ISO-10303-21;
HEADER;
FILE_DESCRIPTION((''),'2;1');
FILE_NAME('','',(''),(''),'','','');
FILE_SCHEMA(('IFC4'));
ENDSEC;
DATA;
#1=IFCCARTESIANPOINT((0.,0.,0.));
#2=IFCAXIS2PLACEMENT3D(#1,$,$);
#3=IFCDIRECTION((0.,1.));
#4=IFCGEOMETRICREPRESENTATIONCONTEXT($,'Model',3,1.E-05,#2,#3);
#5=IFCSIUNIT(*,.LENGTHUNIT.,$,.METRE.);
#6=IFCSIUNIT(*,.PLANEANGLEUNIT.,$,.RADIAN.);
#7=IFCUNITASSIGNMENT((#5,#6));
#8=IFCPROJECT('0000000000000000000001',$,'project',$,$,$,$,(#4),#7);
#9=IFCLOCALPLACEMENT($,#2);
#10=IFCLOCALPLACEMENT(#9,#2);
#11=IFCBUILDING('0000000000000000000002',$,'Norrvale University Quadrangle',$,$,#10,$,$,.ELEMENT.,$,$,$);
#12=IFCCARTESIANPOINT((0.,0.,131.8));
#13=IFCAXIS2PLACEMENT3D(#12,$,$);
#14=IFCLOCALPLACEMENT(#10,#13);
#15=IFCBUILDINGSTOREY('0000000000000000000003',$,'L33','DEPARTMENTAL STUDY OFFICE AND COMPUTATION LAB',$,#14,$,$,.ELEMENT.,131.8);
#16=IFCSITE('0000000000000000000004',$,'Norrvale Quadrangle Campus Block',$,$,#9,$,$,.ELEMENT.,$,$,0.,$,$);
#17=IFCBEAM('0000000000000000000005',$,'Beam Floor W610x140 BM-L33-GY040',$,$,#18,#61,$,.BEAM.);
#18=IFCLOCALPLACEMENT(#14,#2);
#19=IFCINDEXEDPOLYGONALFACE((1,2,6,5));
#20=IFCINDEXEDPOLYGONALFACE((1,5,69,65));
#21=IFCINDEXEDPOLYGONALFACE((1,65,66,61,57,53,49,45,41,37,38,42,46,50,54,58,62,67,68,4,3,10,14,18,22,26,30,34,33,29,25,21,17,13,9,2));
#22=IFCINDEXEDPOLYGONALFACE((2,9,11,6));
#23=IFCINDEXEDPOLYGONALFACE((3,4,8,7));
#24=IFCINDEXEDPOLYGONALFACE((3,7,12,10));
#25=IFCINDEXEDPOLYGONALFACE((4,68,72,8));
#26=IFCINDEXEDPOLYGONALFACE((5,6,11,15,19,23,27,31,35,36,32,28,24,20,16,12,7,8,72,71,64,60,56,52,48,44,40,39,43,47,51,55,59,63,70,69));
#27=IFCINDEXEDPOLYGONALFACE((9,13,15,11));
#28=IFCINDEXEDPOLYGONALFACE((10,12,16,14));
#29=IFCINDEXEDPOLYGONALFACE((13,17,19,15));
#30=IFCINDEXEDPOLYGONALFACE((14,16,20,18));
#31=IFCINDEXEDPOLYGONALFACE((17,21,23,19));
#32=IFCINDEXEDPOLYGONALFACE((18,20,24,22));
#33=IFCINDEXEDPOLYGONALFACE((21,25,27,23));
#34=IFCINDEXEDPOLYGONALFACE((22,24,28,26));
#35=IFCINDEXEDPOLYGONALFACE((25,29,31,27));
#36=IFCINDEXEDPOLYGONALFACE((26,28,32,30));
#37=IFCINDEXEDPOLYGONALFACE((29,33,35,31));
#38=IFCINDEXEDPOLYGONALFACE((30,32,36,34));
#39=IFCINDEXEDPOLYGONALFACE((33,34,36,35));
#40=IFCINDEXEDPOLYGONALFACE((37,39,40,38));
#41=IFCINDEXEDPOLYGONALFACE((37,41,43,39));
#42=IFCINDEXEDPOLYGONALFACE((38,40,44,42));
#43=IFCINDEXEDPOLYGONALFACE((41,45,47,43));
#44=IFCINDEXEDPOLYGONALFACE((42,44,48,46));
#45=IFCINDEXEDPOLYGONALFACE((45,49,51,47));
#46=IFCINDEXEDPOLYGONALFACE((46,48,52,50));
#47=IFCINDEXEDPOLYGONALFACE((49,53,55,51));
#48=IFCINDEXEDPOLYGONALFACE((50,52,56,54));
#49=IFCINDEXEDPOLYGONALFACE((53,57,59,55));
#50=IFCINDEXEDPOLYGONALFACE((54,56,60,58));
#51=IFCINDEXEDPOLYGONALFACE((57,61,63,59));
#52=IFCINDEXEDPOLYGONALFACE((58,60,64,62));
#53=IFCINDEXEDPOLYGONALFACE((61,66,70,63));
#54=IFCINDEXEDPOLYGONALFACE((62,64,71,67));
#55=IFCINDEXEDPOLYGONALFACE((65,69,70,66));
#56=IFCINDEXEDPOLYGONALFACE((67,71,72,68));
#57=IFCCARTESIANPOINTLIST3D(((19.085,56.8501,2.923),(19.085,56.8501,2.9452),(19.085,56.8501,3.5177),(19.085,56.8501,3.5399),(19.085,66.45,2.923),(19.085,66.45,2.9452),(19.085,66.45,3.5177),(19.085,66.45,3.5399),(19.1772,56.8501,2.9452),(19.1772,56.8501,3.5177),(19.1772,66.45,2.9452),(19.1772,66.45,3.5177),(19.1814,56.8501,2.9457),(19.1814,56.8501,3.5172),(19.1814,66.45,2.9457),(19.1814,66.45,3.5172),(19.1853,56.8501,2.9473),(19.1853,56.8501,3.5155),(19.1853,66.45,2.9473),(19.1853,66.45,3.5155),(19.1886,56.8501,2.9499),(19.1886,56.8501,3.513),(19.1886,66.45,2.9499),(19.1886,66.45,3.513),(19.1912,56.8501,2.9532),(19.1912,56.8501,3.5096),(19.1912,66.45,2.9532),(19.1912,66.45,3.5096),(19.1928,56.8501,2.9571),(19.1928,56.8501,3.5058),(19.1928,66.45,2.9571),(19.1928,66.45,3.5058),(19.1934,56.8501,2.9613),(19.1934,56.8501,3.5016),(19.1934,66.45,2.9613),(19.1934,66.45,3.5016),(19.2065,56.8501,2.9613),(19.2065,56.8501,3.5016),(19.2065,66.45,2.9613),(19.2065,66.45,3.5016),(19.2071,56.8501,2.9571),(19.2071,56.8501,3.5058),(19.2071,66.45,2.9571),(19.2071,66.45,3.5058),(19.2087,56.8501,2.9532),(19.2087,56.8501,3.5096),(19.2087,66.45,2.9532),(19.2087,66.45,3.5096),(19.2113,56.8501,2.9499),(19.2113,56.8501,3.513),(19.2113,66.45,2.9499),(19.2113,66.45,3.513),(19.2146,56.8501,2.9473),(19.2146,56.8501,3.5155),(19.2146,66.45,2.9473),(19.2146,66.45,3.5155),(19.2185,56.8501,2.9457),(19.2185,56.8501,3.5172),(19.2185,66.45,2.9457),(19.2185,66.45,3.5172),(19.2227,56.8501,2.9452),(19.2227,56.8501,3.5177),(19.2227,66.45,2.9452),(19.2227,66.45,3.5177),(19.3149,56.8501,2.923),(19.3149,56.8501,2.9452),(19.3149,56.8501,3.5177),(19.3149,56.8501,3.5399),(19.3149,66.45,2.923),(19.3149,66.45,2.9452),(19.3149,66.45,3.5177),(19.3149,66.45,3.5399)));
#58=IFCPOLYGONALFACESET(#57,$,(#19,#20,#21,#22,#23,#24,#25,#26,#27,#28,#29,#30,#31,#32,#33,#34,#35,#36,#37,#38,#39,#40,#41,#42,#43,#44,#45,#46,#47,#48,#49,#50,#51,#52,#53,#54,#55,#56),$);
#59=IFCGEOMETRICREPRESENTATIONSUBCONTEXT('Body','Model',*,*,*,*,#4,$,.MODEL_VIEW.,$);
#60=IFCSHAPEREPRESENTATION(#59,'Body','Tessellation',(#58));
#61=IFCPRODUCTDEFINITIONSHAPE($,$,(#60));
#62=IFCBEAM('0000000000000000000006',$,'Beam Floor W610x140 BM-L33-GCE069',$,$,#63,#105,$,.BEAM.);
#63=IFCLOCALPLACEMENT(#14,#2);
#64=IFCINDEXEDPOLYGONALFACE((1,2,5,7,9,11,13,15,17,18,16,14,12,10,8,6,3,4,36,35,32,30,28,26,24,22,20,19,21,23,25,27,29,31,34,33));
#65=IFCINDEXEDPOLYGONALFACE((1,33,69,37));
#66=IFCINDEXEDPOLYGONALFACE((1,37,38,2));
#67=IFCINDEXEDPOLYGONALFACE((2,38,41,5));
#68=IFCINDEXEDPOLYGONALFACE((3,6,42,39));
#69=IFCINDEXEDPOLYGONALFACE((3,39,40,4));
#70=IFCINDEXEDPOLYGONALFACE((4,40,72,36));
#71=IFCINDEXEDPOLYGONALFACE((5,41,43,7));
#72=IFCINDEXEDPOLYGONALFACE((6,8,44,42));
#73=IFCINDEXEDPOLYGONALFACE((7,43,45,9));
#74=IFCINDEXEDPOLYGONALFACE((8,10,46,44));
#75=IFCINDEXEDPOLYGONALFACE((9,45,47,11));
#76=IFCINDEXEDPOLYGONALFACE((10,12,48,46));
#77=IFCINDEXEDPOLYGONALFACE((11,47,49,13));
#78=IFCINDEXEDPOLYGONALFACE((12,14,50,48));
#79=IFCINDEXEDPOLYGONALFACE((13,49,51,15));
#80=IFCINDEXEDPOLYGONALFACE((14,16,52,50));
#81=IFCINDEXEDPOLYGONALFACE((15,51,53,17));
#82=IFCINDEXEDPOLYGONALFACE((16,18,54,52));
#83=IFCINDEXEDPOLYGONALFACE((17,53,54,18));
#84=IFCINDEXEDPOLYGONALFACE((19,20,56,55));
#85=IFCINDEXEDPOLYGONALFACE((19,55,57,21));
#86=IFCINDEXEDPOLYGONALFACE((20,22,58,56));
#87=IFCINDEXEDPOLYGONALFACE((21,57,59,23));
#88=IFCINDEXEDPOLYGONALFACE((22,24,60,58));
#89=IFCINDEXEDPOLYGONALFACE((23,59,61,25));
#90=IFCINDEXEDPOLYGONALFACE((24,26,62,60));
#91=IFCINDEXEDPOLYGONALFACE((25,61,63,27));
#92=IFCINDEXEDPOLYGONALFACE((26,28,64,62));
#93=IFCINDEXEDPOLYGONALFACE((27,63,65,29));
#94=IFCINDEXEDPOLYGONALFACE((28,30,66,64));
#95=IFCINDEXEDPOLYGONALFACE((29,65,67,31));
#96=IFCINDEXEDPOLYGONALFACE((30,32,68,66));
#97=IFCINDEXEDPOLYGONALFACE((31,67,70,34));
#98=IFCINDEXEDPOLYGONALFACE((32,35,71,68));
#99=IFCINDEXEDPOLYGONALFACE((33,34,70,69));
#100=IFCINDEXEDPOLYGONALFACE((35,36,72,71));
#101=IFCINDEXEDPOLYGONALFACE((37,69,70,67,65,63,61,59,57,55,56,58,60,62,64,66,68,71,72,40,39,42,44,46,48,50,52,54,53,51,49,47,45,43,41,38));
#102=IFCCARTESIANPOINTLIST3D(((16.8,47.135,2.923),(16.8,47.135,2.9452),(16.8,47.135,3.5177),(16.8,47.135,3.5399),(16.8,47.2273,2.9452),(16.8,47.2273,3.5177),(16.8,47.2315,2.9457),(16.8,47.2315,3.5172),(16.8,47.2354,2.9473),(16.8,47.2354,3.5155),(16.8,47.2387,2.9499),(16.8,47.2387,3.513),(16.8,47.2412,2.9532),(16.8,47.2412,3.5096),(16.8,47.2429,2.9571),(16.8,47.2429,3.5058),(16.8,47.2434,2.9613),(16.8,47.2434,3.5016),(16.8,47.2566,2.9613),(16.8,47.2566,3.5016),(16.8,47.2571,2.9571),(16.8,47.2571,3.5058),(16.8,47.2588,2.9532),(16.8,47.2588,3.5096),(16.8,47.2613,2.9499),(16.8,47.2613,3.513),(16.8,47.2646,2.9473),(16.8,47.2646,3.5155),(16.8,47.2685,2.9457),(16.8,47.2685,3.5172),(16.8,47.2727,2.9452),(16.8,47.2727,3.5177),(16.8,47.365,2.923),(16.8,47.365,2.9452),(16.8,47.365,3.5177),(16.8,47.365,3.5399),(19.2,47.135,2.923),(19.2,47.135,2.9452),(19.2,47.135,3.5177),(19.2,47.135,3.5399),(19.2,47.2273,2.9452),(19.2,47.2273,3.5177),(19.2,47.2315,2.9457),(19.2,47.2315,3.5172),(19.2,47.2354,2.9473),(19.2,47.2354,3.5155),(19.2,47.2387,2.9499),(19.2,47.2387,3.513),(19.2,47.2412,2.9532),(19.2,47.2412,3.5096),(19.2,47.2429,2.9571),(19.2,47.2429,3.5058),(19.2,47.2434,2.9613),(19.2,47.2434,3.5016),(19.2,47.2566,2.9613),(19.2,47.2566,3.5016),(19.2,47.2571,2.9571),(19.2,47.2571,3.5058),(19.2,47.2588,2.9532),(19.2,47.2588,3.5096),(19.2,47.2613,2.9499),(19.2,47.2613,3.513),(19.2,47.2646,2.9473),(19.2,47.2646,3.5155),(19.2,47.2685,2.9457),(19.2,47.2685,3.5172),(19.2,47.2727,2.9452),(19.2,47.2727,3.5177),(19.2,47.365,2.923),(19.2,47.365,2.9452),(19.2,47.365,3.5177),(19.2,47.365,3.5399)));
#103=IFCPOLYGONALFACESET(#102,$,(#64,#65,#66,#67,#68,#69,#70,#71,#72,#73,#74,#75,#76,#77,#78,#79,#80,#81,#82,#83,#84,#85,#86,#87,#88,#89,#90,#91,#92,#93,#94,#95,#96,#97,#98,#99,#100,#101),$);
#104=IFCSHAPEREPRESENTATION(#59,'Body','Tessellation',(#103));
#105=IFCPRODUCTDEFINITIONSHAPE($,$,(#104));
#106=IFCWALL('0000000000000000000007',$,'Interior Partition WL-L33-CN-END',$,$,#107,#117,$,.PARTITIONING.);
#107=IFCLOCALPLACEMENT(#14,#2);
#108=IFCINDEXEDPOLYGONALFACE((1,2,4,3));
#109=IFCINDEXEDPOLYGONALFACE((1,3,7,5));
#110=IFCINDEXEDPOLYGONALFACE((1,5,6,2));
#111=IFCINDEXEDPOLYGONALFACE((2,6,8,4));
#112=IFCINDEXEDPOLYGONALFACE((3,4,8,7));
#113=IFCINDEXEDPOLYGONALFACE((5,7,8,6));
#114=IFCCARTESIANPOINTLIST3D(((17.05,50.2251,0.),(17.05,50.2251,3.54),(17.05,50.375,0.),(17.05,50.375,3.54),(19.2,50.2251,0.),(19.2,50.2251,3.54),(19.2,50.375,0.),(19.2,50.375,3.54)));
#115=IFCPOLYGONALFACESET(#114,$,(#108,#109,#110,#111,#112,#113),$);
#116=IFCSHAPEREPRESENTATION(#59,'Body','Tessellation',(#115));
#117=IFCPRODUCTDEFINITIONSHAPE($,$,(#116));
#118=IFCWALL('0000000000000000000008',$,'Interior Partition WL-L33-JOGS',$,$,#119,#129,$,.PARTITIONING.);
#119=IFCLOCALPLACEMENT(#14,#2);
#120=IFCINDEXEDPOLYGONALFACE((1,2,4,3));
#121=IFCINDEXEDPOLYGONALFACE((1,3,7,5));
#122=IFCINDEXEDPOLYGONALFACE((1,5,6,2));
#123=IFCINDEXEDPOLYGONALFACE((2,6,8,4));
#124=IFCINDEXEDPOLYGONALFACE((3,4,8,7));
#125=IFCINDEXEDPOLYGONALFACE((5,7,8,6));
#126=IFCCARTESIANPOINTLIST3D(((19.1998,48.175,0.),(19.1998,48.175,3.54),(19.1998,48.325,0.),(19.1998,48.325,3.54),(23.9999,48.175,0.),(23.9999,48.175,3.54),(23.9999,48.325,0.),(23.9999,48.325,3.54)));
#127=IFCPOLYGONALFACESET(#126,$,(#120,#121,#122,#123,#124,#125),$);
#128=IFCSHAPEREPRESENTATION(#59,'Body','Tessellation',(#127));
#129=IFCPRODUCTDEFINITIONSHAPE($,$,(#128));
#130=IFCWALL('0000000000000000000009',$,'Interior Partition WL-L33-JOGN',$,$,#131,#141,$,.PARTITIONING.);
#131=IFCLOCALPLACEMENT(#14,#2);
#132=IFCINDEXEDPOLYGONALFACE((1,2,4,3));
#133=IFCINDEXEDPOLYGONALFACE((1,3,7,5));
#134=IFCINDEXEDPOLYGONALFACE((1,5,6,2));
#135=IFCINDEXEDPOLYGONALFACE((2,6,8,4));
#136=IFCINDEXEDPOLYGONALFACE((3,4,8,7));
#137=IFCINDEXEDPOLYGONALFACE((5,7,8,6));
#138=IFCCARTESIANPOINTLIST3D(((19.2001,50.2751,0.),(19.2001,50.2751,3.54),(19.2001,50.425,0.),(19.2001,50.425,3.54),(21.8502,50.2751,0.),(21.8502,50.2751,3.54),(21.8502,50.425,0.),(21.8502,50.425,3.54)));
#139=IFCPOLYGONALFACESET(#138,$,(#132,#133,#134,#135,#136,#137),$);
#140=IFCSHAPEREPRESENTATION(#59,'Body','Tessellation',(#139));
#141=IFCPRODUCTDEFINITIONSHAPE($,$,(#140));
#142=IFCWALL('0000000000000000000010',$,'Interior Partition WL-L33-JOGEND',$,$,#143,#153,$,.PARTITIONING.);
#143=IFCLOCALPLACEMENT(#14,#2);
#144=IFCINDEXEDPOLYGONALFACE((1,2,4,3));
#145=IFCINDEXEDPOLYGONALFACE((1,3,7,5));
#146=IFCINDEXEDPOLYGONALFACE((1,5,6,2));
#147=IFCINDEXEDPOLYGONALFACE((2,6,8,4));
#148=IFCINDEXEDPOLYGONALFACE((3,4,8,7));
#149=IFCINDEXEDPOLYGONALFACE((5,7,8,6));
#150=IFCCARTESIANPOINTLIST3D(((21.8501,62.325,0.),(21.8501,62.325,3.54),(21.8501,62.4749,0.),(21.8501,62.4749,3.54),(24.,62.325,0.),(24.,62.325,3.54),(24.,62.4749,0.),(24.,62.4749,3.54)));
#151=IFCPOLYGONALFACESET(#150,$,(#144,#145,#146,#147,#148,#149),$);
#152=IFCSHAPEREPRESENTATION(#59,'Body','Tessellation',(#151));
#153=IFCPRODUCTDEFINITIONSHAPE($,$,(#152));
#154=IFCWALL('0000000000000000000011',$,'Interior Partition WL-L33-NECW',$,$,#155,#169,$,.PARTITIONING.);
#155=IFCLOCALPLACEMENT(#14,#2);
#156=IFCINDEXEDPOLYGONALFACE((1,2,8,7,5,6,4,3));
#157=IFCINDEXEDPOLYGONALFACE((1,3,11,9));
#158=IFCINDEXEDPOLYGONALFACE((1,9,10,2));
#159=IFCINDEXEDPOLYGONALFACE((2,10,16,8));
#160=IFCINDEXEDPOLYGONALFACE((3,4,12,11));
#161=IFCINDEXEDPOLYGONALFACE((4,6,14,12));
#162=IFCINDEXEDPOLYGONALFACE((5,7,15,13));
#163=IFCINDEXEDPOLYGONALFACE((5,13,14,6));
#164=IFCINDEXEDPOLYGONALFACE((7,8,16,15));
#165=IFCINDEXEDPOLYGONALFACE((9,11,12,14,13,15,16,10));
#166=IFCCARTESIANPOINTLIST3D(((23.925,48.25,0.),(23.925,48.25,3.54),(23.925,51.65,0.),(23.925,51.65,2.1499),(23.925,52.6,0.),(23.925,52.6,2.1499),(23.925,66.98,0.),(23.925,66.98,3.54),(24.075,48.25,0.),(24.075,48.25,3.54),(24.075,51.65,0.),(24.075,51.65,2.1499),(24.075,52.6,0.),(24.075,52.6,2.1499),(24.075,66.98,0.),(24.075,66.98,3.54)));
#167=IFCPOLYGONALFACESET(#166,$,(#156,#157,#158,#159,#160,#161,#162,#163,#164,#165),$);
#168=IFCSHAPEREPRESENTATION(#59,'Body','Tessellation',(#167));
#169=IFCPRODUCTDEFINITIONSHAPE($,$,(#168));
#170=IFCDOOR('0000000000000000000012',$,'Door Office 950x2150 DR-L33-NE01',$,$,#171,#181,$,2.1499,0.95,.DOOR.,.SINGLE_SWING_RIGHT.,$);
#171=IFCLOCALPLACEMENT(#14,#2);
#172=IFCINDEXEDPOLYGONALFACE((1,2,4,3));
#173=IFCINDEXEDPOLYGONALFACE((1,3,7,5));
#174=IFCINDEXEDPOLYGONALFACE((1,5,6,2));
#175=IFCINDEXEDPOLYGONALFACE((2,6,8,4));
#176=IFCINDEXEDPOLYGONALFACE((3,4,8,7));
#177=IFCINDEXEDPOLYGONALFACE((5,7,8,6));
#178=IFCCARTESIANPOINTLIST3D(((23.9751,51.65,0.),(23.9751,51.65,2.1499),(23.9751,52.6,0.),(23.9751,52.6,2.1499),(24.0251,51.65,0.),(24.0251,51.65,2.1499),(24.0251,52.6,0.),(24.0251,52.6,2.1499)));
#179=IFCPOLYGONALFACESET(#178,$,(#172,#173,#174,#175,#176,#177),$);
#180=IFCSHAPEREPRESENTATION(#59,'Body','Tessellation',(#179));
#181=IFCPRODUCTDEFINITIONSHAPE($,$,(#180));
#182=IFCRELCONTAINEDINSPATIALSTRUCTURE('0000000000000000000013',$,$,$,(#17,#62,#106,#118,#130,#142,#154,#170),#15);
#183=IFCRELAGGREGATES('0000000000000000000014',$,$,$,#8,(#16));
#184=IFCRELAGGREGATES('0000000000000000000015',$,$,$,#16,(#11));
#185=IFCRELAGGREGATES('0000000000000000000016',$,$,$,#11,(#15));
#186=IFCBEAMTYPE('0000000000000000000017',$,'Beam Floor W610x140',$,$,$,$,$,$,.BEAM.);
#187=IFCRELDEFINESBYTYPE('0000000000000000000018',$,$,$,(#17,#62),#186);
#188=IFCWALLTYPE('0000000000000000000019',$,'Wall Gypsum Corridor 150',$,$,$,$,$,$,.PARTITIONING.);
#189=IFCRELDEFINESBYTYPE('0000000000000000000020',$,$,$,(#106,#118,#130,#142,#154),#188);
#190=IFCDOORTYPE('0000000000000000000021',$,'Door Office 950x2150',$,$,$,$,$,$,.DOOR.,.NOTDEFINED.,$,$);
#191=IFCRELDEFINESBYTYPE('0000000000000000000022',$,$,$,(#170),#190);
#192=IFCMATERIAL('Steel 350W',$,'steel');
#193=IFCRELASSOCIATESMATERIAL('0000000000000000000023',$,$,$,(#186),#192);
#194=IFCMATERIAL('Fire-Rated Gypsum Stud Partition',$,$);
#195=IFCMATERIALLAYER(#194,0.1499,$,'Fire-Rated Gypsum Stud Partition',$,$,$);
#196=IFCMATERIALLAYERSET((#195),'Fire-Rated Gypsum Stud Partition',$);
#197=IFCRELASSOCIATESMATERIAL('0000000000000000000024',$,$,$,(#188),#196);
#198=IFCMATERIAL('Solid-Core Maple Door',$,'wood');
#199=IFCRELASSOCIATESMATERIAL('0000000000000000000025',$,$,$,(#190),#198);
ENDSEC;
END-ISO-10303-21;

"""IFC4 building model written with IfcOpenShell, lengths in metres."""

from ifc_helpers import new_model, si_unit, direction, frame, frame_2d, origin, origin_2d, place, context, subcontext, project, spatial, rectangle, i_section, extrude, material, layer, layer_set, material_profile, profile_set, type_object, element, fill, save


model = new_model("IFC4")

# Units and contexts
model_context = context("Model", 3, precision=1e-05, world=origin(), true_north=direction((0.0, 1.0)))
body_context = subcontext(model_context, "Body", "Model", "MODEL_VIEW")
ifc_project = project(units=[si_unit("LENGTHUNIT", "METRE"), si_unit("PLANEANGLEUNIT", "RADIAN")], contexts=[model_context])

# Site, building, storey
site_placement = place(None, origin())
site = spatial("IfcSite", under=ifc_project, at=site_placement, Name="Norrvale Quadrangle Campus Block", CompositionType="ELEMENT", RefElevation=0.0)
building_placement = place(site_placement, origin())
building = spatial("IfcBuilding", under=site, at=building_placement, Name="Norrvale University Quadrangle", CompositionType="ELEMENT")
storey_placement = place(building_placement, frame((0.0, 0.0, 131.8)))
storey = spatial("IfcBuildingStorey", under=building, at=storey_placement, Name="L33", Description="DEPARTMENTAL STUDY OFFICE AND COMPUTATION LAB", CompositionType="ELEMENT", Elevation=131.8)

# Beams
ifc_material_1 = material(Name="Steel 350W", Category="steel")
ifc_material_profile_1 = material_profile(ifc_material_1, i_section(OverallWidth=0.23, OverallDepth=0.6169, WebThickness=0.0132, FlangeThickness=0.0222, FilletRadius=0.0161, at=origin_2d()), Name="Steel 350W")
ifc_profile_set_1 = profile_set([ifc_material_profile_1], Name="Steel 350W")
beam_type_1 = type_object("IfcBeamType", Name="Beam Floor W610x140", PredefinedType="BEAM", material=ifc_profile_set_1)
beam_1_placement = place(storey_placement, frame((19.2, 56.8501, 3.2314), z_axis=(0.0, 1.0, 0.0), x_axis=(-1.0, 0.0, 0.0)))
element("IfcBeam", 1, at=beam_1_placement, inside=storey, type_object=beam_type_1, Name="Beam Floor W610x140 BM-L33-GY040", PredefinedType="BEAM", context=body_context, shape_type="SweptSolid", body=[
    extrude(i_section(OverallWidth=0.23, OverallDepth=0.6169, WebThickness=0.0132, FlangeThickness=0.0222, FilletRadius=0.0161, at=origin_2d()), origin(), (0.0, 0.0, 1.0), 9.5999),
])
beam_2_placement = place(storey_placement, frame((16.8, 47.25, 3.2314), z_axis=(1.0, 0.0, 0.0), x_axis=(0.0, 1.0, 0.0)))
element("IfcBeam", 2, at=beam_2_placement, inside=storey, type_object=beam_type_1, Name="Beam Floor W610x140 BM-L33-GCE069", PredefinedType="BEAM", context=body_context, shape_type="SweptSolid", body=[
    extrude(i_section(OverallWidth=0.23, OverallDepth=0.6169, WebThickness=0.0132, FlangeThickness=0.0222, FilletRadius=0.0161, at=origin_2d()), origin(), (0.0, 0.0, 1.0), 2.3999),
])

# Walls
ifc_material_2 = material(Name="Fire-Rated Gypsum Stud Partition")
ifc_layer = layer(ifc_material_2, 0.1499, Name="Fire-Rated Gypsum Stud Partition")
ifc_layer_set = layer_set([ifc_layer], Name="Fire-Rated Gypsum Stud Partition")
wall_type = type_object("IfcWallType", Name="Wall Gypsum Corridor 150", PredefinedType="PARTITIONING", material=ifc_layer_set)
wall_1_placement = place(storey_placement, frame((17.05, 50.3, 0.0), z_axis=(0.0, 0.0, 1.0), x_axis=(1.0, 0.0, 0.0)))
element("IfcWall", 3, at=wall_1_placement, inside=storey, type_object=wall_type, Name="Interior Partition WL-L33-CN-END", PredefinedType="PARTITIONING", context=body_context, shape_type="SweptSolid", body=[
    extrude(rectangle(XDim=2.1499, YDim=0.1499, at=frame_2d((1.075, 0.0))), origin(), (0.0, 0.0, 1.0), 3.54),
])
wall_2_placement = place(storey_placement, frame((19.2, 48.25, 0.0), z_axis=(0.0, 0.0, 1.0), x_axis=(1.0, 0.0, 0.0)))
element("IfcWall", 4, at=wall_2_placement, inside=storey, type_object=wall_type, Name="Interior Partition WL-L33-JOGS", PredefinedType="PARTITIONING", context=body_context, shape_type="SweptSolid", body=[
    extrude(rectangle(XDim=4.8, YDim=0.1499, at=frame_2d((2.3999, 0.0))), origin(), (0.0, 0.0, 1.0), 3.54),
])
wall_3_placement = place(storey_placement, frame((19.2, 50.3501, 0.0), z_axis=(0.0, 0.0, 1.0), x_axis=(1.0, 0.0, 0.0)))
element("IfcWall", 5, at=wall_3_placement, inside=storey, type_object=wall_type, Name="Interior Partition WL-L33-JOGN", PredefinedType="PARTITIONING", context=body_context, shape_type="SweptSolid", body=[
    extrude(rectangle(XDim=2.6501, YDim=0.1499, at=frame_2d((1.3252, 0.0))), origin(), (0.0, 0.0, 1.0), 3.54),
])
wall_4_placement = place(storey_placement, frame((21.8501, 62.3999, 0.0), z_axis=(0.0, 0.0, 1.0), x_axis=(1.0, 0.0, 0.0)))
element("IfcWall", 6, at=wall_4_placement, inside=storey, type_object=wall_type, Name="Interior Partition WL-L33-JOGEND", PredefinedType="PARTITIONING", context=body_context, shape_type="SweptSolid", body=[
    extrude(rectangle(XDim=2.1499, YDim=0.1499, at=frame_2d((1.075, 0.0))), origin(), (0.0, 0.0, 1.0), 3.54),
])

# Wall, opening, door
wall_5_placement = place(storey_placement, frame((24.0, 48.25, 0.0), z_axis=(0.0, 0.0, 1.0), x_axis=(0.0, 1.0, 0.0)))
wall_5 = element("IfcWall", 7, at=wall_5_placement, inside=storey, type_object=wall_type, Name="Interior Partition WL-L33-NECW", PredefinedType="PARTITIONING", context=body_context, shape_type="SweptSolid", body=[
    extrude(rectangle(XDim=18.73, YDim=0.1499, at=frame_2d((9.365, 0.0))), origin(), (0.0, 0.0, 1.0), 3.54),
])
opening_1_placement = place(wall_5_placement, frame((3.3999, 0.0, 0.0)))
opening_1 = element("IfcOpeningElement", 8, at=opening_1_placement, cuts=wall_5, PredefinedType="OPENING", context=body_context, shape_type="SweptSolid", body=[
    extrude(rectangle(XDim=0.95, YDim=2.1499, at=frame_2d((0.4751, 1.075))), frame((0.0, 0.0869, 0.0), z_axis=(0.0, -1.0, 0.0), x_axis=(1.0, 0.0, 0.0)), (0.0, 0.0, 1.0), 0.1738),
])
ifc_material_3 = material(Name="Solid-Core Maple Door", Category="wood")
door_type = type_object("IfcDoorType", Name="Door Office 950x2150", OperationType="NOTDEFINED", PredefinedType="DOOR", material=ifc_material_3)
door_1_placement = place(opening_1_placement, origin())
door_1 = element("IfcDoor", 9, at=door_1_placement, inside=storey, type_object=door_type, Name="Door Office 950x2150 DR-L33-NE01", OperationType="SINGLE_SWING_RIGHT", OverallHeight=2.1499, OverallWidth=0.95, PredefinedType="DOOR", context=body_context, shape_type="SweptSolid", body=[
    extrude(rectangle(XDim=0.95, YDim=2.1499, at=frame_2d((0.4751, 1.075))), frame((0.0, 0.0249, 0.0), z_axis=(0.0, -1.0, 0.0), x_axis=(1.0, 0.0, 0.0)), (0.0, 0.0, 1.0), 0.05),
])
fill(opening_1, door_1)

save(model, "model.ifc")
